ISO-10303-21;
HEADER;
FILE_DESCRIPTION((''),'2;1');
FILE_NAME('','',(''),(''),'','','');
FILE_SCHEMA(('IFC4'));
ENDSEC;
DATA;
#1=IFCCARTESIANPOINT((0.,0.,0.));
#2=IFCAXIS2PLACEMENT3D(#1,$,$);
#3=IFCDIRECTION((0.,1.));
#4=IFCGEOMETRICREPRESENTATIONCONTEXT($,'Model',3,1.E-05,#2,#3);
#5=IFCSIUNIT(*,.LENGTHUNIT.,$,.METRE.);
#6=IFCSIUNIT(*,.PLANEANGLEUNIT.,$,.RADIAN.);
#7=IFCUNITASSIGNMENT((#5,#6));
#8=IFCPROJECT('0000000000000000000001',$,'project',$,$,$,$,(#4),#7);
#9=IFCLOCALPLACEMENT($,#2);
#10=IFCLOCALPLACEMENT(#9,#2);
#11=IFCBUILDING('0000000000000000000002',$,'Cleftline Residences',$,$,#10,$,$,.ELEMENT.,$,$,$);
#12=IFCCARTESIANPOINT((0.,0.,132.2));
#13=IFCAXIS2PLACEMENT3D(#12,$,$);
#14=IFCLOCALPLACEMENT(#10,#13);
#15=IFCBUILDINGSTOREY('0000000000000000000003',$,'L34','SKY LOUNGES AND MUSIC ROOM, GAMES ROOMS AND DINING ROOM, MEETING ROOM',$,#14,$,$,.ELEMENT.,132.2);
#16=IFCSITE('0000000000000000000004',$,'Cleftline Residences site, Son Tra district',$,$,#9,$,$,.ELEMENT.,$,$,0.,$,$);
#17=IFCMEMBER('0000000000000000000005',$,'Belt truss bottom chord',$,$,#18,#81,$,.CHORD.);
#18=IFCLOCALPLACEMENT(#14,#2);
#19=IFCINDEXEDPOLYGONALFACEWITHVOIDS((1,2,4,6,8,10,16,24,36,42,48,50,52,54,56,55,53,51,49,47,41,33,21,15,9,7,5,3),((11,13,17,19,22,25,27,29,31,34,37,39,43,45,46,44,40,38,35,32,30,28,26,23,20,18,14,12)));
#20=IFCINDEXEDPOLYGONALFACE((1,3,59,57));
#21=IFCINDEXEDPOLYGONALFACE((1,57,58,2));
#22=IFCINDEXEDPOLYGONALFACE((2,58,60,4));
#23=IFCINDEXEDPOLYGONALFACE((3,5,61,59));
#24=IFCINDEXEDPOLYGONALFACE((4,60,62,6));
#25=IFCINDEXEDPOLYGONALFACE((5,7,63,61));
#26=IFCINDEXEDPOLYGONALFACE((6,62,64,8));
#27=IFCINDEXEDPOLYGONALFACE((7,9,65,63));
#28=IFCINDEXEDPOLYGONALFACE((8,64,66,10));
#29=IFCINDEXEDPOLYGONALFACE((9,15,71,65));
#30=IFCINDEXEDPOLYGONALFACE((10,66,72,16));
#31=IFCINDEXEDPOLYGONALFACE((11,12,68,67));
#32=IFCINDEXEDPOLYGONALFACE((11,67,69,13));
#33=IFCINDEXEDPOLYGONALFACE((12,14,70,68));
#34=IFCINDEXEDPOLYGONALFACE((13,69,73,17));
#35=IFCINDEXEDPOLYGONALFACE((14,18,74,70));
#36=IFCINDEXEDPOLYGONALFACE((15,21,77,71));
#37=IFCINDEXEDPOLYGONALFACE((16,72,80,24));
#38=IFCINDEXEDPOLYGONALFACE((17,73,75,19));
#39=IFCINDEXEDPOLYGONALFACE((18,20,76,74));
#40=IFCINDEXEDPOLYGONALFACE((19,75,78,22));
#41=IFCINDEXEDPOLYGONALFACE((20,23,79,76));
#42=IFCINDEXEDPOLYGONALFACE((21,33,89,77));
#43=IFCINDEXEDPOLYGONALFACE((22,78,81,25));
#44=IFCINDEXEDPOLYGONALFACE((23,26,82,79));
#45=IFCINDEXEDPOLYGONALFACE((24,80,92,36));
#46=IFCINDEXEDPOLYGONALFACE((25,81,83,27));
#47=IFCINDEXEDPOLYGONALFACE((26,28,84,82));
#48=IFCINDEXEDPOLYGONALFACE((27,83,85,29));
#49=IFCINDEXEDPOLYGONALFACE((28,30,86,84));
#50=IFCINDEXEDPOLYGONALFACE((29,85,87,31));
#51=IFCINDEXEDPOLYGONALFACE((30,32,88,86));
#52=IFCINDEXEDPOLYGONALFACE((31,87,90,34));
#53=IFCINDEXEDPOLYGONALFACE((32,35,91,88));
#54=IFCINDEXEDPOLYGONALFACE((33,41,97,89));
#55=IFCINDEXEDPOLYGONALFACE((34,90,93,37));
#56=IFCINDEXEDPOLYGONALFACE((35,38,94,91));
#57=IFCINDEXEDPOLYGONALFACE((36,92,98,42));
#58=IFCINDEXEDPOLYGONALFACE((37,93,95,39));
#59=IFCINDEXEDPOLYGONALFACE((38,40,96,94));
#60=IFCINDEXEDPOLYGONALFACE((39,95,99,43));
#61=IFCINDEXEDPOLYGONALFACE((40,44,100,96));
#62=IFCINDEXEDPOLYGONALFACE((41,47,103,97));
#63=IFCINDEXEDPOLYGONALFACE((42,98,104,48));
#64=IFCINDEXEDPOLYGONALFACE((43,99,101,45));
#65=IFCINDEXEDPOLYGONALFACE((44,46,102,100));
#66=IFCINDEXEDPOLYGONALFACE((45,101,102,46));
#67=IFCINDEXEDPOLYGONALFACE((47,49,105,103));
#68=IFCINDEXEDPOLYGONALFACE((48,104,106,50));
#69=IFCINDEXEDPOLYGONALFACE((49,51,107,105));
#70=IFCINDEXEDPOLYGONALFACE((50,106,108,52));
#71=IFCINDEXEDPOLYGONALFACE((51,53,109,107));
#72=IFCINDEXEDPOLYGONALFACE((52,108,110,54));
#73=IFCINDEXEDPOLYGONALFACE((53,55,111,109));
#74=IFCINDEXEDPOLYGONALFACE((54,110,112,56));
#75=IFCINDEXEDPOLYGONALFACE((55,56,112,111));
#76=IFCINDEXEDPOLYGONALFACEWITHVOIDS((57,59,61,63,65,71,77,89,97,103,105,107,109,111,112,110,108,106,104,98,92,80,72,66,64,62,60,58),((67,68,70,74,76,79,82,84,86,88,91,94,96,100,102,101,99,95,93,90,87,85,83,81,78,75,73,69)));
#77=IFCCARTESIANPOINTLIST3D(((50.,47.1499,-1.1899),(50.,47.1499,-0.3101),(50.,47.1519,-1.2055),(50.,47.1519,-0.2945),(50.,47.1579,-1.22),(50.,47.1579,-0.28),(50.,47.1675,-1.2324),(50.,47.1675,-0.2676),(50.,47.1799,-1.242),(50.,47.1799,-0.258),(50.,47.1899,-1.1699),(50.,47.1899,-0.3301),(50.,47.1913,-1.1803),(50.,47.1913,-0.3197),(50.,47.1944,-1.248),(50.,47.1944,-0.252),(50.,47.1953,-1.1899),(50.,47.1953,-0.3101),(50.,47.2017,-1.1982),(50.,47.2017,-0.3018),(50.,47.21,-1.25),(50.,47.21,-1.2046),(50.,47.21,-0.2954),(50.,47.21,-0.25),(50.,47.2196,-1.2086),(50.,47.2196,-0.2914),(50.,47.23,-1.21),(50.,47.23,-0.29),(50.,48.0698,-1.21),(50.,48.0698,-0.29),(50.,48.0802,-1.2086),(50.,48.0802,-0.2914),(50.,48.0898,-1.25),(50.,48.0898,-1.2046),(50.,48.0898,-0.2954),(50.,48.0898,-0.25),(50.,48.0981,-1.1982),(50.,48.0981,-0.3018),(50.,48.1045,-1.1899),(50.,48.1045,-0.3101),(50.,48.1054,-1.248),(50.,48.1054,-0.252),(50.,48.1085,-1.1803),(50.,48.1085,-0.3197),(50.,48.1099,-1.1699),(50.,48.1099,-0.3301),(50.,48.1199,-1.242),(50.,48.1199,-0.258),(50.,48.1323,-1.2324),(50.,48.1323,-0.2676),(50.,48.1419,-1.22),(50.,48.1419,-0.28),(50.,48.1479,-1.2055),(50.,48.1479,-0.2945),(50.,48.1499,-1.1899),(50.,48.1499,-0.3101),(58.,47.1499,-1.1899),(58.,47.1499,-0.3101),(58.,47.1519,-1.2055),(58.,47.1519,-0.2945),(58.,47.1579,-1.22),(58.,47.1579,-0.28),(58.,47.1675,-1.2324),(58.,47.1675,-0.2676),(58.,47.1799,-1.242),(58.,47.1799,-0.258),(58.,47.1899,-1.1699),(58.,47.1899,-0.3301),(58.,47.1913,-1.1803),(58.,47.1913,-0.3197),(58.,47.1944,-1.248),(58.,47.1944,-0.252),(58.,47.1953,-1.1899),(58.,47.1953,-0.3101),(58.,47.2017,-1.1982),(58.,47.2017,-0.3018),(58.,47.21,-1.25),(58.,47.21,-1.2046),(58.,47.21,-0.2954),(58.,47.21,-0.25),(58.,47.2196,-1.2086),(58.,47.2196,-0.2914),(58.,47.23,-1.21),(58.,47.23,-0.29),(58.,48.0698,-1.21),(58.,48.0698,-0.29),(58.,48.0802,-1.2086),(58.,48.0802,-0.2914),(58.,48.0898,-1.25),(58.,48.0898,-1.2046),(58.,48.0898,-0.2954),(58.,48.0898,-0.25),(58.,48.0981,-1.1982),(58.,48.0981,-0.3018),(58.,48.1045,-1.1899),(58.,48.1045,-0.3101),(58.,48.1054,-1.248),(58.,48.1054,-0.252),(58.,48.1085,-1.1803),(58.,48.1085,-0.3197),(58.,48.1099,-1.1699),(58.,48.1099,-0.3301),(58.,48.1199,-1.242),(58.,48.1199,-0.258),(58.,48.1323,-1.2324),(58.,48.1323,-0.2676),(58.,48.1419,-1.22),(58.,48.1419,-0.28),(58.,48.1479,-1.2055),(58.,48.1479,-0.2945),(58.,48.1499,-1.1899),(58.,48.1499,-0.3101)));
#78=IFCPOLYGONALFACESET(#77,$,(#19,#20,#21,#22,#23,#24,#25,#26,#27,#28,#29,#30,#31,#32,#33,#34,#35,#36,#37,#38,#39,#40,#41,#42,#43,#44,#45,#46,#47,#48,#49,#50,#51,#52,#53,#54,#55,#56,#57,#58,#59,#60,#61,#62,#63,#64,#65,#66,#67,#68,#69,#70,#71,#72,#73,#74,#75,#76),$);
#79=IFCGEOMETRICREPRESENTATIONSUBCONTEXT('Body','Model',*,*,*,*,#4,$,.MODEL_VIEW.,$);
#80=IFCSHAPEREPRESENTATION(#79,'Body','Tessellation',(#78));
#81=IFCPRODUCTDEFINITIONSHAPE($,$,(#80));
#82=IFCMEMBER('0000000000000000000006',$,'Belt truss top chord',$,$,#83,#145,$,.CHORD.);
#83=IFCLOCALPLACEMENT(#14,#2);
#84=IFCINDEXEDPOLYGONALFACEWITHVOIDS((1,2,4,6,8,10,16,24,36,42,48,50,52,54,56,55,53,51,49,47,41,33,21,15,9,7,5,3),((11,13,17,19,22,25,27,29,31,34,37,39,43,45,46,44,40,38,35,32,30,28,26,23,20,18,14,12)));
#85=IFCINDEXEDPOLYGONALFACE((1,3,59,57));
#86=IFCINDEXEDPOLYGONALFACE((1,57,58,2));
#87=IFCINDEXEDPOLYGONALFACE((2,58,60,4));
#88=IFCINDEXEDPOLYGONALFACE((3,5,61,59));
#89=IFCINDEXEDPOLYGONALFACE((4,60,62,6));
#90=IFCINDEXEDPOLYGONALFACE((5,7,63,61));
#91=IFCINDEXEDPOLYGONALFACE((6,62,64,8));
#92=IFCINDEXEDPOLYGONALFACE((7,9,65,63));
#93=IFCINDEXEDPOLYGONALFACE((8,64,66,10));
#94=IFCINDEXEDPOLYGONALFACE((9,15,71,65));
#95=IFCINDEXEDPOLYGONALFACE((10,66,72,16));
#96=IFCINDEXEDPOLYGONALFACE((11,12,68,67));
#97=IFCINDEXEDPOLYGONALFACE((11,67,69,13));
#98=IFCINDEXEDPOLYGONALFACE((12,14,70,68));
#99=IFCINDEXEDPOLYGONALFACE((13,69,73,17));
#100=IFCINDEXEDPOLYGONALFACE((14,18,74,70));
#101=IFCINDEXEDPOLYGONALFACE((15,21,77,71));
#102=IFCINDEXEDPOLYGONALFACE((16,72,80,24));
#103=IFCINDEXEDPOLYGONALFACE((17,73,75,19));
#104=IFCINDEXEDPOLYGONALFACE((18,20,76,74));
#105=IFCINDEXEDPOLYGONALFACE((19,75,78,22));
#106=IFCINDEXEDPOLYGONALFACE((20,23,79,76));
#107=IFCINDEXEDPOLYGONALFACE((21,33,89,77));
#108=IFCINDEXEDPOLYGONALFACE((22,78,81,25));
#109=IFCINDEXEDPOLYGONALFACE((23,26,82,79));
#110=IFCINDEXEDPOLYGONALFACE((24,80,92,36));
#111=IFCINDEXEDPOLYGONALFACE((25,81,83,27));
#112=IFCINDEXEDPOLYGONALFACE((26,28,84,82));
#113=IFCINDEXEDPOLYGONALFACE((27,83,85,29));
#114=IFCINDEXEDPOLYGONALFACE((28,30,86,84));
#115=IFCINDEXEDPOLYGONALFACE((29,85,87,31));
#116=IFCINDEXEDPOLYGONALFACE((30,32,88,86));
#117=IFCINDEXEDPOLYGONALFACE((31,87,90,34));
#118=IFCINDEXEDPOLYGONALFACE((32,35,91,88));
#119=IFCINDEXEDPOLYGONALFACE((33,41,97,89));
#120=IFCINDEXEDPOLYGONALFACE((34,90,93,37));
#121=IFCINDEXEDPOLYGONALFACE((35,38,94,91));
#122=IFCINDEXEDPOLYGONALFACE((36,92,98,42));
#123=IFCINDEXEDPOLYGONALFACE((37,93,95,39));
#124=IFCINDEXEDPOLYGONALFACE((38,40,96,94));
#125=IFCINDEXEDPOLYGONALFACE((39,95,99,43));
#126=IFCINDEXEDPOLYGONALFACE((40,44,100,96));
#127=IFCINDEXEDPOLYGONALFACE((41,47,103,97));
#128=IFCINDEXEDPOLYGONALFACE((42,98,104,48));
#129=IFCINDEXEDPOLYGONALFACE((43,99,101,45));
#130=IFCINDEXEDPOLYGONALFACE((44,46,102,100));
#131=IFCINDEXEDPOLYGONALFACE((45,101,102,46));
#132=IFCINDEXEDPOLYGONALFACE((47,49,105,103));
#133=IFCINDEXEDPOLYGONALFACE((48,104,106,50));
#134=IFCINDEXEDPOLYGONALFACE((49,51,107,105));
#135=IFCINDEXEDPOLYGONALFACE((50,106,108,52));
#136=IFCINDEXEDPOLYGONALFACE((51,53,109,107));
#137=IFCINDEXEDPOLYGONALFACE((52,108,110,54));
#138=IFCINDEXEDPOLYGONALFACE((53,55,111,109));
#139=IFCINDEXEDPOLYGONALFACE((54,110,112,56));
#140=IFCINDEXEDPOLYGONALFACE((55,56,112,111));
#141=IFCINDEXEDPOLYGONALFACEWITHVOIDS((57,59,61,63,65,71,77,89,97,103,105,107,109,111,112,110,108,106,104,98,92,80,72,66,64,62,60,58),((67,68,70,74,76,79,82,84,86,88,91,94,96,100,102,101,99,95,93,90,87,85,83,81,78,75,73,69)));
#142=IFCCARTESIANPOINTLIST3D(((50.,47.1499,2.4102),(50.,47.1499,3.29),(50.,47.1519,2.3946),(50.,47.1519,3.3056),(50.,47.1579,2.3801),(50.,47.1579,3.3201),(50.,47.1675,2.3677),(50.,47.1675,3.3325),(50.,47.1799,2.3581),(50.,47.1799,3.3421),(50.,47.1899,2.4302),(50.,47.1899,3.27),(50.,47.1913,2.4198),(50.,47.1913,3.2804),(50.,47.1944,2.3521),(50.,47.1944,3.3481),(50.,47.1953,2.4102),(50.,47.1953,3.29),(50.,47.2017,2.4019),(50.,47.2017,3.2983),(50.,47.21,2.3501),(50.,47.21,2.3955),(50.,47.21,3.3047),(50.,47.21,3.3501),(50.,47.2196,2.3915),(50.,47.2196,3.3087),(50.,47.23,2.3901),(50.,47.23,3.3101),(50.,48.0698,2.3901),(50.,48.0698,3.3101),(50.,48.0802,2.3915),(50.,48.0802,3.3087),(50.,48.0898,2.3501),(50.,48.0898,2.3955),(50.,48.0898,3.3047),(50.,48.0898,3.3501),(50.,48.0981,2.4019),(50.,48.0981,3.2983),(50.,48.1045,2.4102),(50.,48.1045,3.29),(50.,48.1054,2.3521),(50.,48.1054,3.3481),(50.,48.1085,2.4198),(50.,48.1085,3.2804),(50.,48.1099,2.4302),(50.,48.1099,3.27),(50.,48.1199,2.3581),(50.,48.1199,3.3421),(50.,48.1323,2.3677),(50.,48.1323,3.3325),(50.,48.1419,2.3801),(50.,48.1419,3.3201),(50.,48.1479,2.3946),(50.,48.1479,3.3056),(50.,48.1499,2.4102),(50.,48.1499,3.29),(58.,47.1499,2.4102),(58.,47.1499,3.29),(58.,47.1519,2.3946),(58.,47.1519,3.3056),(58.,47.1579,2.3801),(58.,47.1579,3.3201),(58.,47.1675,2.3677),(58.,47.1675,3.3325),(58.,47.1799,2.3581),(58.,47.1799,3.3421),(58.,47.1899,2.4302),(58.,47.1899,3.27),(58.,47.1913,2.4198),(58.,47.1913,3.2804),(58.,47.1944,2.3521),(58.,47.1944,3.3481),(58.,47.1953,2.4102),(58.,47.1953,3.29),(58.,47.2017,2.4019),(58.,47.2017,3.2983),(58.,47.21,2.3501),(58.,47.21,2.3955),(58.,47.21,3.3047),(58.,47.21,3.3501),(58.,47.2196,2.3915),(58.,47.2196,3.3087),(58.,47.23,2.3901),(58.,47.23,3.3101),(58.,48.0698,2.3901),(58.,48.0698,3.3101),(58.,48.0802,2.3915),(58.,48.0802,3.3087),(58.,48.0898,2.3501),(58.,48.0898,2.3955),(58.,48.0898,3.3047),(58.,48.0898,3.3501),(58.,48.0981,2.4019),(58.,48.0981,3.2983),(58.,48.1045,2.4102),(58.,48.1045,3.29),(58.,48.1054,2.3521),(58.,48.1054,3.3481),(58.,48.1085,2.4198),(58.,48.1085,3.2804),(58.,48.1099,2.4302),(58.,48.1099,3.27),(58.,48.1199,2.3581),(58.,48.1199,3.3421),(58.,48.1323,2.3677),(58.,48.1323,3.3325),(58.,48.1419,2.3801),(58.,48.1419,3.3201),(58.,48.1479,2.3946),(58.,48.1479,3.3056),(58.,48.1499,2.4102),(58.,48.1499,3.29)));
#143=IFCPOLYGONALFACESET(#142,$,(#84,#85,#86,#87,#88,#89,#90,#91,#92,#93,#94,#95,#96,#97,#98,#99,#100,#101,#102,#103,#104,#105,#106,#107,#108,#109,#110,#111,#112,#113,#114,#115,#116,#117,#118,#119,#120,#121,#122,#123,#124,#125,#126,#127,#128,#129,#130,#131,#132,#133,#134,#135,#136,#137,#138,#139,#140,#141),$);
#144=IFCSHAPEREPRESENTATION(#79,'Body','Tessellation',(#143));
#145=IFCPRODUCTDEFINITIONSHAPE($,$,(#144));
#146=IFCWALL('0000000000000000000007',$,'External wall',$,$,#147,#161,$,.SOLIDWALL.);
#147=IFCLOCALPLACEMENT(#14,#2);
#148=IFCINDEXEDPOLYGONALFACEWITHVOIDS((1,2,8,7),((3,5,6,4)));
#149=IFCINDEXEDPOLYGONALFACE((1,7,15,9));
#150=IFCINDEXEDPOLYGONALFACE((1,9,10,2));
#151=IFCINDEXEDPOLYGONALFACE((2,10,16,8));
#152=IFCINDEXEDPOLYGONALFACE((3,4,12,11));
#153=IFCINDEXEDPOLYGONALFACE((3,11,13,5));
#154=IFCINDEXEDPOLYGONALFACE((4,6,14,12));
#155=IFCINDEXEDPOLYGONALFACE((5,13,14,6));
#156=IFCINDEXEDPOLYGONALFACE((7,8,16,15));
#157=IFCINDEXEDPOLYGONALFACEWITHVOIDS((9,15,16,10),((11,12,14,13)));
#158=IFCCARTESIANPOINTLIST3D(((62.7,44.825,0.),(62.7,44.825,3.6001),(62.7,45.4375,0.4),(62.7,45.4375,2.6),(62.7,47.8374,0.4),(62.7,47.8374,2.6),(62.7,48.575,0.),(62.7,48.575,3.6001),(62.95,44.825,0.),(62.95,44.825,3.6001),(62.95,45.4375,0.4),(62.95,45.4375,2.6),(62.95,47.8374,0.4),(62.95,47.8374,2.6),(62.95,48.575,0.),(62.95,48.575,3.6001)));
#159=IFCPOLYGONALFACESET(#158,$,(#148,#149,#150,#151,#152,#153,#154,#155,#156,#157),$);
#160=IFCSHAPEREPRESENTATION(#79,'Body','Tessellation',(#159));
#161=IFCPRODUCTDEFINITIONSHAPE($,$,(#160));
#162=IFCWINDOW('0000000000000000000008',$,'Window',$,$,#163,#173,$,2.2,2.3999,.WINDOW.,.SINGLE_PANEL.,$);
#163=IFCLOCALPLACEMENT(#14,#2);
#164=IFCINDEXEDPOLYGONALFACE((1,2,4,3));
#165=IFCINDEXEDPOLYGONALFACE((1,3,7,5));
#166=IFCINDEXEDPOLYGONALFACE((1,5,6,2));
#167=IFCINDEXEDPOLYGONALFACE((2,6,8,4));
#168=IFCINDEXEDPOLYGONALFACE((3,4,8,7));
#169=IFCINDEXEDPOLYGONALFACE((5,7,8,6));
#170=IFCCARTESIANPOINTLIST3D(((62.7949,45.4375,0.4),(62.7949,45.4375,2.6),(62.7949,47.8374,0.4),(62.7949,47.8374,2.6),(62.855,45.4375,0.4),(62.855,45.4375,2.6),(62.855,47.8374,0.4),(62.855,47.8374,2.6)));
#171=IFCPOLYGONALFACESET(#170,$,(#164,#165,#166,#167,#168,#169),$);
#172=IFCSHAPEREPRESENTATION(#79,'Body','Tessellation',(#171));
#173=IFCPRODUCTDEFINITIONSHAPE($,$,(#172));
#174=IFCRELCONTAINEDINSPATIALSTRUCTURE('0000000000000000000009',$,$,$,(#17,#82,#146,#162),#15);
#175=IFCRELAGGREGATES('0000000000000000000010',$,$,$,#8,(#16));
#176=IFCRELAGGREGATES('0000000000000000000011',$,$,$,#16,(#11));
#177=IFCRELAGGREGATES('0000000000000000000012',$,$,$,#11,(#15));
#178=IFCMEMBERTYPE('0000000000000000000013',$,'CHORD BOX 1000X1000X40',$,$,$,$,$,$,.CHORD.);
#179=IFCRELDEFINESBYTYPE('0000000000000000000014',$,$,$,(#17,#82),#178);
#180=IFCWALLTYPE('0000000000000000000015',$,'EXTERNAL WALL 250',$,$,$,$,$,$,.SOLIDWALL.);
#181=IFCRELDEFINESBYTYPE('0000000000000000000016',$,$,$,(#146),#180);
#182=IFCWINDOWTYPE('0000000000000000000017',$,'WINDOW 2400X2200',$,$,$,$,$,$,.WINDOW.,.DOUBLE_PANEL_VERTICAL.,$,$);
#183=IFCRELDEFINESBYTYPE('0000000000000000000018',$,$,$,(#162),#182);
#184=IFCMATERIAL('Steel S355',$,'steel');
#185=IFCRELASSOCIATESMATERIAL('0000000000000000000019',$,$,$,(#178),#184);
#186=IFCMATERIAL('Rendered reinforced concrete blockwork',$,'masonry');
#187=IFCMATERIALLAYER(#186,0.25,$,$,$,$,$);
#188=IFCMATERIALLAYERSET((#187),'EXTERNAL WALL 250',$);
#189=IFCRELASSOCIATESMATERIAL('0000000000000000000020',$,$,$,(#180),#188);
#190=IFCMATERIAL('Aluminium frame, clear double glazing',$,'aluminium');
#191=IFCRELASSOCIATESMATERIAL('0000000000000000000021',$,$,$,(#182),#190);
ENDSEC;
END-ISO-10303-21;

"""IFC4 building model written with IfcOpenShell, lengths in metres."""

from ifc_helpers import new_model, si_unit, direction, frame, frame_2d, origin, origin_2d, place, context, subcontext, project, spatial, rectangle, hollow_rectangle, extrude, material, layer, layer_set, material_profile, profile_set, type_object, element, fill, save


model = new_model("IFC4")

# Units and contexts
model_context = context("Model", 3, precision=1e-05, world=origin(), true_north=direction((0.0, 1.0)))
body_context = subcontext(model_context, "Body", "Model", "MODEL_VIEW")
ifc_project = project(units=[si_unit("LENGTHUNIT", "METRE"), si_unit("PLANEANGLEUNIT", "RADIAN")], contexts=[model_context])

# Site, building, storey
site_placement = place(None, origin())
site = spatial("IfcSite", under=ifc_project, at=site_placement, Name="Cleftline Residences site, Son Tra district", CompositionType="ELEMENT", RefElevation=0.0)
building_placement = place(site_placement, origin())
building = spatial("IfcBuilding", under=site, at=building_placement, Name="Cleftline Residences", CompositionType="ELEMENT")
storey_placement = place(building_placement, frame((0.0, 0.0, 132.2)))
storey = spatial("IfcBuildingStorey", under=building, at=storey_placement, Name="L34", Description="SKY LOUNGES AND MUSIC ROOM, GAMES ROOMS AND DINING ROOM, MEETING ROOM", CompositionType="ELEMENT", Elevation=132.2)

# Members
ifc_material_1 = material(Name="Steel S355", Category="steel")
ifc_material_profile_1 = material_profile(ifc_material_1, hollow_rectangle(XDim=1.0, YDim=1.0, WallThickness=0.04, InnerFilletRadius=0.04, OuterFilletRadius=0.0601, at=origin_2d()))
ifc_profile_set_1 = profile_set([ifc_material_profile_1], Name="Steel S355")
member_type_1 = type_object("IfcMemberType", Name="CHORD BOX 1000X1000X40", PredefinedType="CHORD", material=ifc_profile_set_1)
for number, where, z_axis, x_axis, name in (
    (1, (50.0, 47.6499, -0.75), (1.0, 0.0, 0.0), (0.0, 1.0, 0.0), "Belt truss bottom chord"),
    (2, (50.0, 47.6499, 2.8501), (1.0, 0.0, 0.0), (0.0, 1.0, 0.0), "Belt truss top chord"),
):
    element("IfcMember", number, at=place(storey_placement, frame(where, z_axis=z_axis, x_axis=x_axis)), inside=storey, type_object=member_type_1, Name=name, PredefinedType="CHORD", context=body_context, shape_type="SweptSolid", body=[
        extrude(hollow_rectangle(XDim=1.0, YDim=1.0, WallThickness=0.04, InnerFilletRadius=0.04, OuterFilletRadius=0.0601, at=origin_2d()), origin(), (0.0, 0.0, 1.0), 8.0),
    ])

# Wall, opening, window
ifc_material_2 = material(Name="Rendered reinforced concrete blockwork", Category="masonry")
ifc_layer_1 = layer(ifc_material_2, 0.25)
ifc_layer_set_1 = layer_set([ifc_layer_1], Name="EXTERNAL WALL 250")
wall_type_1 = type_object("IfcWallType", Name="EXTERNAL WALL 250", PredefinedType="SOLIDWALL", material=ifc_layer_set_1)
wall_1_placement = place(storey_placement, frame((62.825, 44.825, 0.0), z_axis=(0.0, 0.0, 1.0), x_axis=(0.0, 1.0, 0.0)))
wall_1 = element("IfcWall", 3, at=wall_1_placement, inside=storey, type_object=wall_type_1, Name="External wall", PredefinedType="SOLIDWALL", context=body_context, shape_type="SweptSolid", body=[
    extrude(rectangle(XDim=3.75, YDim=0.25, at=frame_2d((1.875, 0.0))), origin(), (0.0, 0.0, 1.0), 3.6001),
])
opening_1_placement = place(wall_1_placement, frame((0.6125, 0.0, 0.3999)))
opening_1 = element("IfcOpeningElement", 4, at=opening_1_placement, cuts=wall_1, PredefinedType="OPENING", context=body_context, shape_type="SweptSolid", body=[
    extrude(rectangle(XDim=2.3999, YDim=2.2, at=frame_2d((1.2, 1.1001))), frame((0.0, 0.135, 0.0), z_axis=(0.0, -1.0, 0.0), x_axis=(1.0, 0.0, 0.0)), (0.0, 0.0, 1.0), 0.27),
])
ifc_material_3 = material(Name="Aluminium frame, clear double glazing", Category="aluminium")
window_type_1 = type_object("IfcWindowType", Name="WINDOW 2400X2200", PartitioningType="DOUBLE_PANEL_VERTICAL", PredefinedType="WINDOW", material=ifc_material_3)
window_1_placement = place(opening_1_placement, origin())
window_1 = element("IfcWindow", 5, at=window_1_placement, inside=storey, type_object=window_type_1, Name="Window", OverallHeight=2.2, OverallWidth=2.3999, PartitioningType="SINGLE_PANEL", PredefinedType="WINDOW", context=body_context, shape_type="SweptSolid", body=[
    extrude(rectangle(XDim=2.3999, YDim=2.2, at=frame_2d((1.2, 1.1001))), frame((0.0, 0.03, 0.0), z_axis=(0.0, -1.0, 0.0), x_axis=(1.0, 0.0, 0.0)), (0.0, 0.0, 1.0), 0.0601),
])
fill(opening_1, window_1)

save(model, "model.ifc")
